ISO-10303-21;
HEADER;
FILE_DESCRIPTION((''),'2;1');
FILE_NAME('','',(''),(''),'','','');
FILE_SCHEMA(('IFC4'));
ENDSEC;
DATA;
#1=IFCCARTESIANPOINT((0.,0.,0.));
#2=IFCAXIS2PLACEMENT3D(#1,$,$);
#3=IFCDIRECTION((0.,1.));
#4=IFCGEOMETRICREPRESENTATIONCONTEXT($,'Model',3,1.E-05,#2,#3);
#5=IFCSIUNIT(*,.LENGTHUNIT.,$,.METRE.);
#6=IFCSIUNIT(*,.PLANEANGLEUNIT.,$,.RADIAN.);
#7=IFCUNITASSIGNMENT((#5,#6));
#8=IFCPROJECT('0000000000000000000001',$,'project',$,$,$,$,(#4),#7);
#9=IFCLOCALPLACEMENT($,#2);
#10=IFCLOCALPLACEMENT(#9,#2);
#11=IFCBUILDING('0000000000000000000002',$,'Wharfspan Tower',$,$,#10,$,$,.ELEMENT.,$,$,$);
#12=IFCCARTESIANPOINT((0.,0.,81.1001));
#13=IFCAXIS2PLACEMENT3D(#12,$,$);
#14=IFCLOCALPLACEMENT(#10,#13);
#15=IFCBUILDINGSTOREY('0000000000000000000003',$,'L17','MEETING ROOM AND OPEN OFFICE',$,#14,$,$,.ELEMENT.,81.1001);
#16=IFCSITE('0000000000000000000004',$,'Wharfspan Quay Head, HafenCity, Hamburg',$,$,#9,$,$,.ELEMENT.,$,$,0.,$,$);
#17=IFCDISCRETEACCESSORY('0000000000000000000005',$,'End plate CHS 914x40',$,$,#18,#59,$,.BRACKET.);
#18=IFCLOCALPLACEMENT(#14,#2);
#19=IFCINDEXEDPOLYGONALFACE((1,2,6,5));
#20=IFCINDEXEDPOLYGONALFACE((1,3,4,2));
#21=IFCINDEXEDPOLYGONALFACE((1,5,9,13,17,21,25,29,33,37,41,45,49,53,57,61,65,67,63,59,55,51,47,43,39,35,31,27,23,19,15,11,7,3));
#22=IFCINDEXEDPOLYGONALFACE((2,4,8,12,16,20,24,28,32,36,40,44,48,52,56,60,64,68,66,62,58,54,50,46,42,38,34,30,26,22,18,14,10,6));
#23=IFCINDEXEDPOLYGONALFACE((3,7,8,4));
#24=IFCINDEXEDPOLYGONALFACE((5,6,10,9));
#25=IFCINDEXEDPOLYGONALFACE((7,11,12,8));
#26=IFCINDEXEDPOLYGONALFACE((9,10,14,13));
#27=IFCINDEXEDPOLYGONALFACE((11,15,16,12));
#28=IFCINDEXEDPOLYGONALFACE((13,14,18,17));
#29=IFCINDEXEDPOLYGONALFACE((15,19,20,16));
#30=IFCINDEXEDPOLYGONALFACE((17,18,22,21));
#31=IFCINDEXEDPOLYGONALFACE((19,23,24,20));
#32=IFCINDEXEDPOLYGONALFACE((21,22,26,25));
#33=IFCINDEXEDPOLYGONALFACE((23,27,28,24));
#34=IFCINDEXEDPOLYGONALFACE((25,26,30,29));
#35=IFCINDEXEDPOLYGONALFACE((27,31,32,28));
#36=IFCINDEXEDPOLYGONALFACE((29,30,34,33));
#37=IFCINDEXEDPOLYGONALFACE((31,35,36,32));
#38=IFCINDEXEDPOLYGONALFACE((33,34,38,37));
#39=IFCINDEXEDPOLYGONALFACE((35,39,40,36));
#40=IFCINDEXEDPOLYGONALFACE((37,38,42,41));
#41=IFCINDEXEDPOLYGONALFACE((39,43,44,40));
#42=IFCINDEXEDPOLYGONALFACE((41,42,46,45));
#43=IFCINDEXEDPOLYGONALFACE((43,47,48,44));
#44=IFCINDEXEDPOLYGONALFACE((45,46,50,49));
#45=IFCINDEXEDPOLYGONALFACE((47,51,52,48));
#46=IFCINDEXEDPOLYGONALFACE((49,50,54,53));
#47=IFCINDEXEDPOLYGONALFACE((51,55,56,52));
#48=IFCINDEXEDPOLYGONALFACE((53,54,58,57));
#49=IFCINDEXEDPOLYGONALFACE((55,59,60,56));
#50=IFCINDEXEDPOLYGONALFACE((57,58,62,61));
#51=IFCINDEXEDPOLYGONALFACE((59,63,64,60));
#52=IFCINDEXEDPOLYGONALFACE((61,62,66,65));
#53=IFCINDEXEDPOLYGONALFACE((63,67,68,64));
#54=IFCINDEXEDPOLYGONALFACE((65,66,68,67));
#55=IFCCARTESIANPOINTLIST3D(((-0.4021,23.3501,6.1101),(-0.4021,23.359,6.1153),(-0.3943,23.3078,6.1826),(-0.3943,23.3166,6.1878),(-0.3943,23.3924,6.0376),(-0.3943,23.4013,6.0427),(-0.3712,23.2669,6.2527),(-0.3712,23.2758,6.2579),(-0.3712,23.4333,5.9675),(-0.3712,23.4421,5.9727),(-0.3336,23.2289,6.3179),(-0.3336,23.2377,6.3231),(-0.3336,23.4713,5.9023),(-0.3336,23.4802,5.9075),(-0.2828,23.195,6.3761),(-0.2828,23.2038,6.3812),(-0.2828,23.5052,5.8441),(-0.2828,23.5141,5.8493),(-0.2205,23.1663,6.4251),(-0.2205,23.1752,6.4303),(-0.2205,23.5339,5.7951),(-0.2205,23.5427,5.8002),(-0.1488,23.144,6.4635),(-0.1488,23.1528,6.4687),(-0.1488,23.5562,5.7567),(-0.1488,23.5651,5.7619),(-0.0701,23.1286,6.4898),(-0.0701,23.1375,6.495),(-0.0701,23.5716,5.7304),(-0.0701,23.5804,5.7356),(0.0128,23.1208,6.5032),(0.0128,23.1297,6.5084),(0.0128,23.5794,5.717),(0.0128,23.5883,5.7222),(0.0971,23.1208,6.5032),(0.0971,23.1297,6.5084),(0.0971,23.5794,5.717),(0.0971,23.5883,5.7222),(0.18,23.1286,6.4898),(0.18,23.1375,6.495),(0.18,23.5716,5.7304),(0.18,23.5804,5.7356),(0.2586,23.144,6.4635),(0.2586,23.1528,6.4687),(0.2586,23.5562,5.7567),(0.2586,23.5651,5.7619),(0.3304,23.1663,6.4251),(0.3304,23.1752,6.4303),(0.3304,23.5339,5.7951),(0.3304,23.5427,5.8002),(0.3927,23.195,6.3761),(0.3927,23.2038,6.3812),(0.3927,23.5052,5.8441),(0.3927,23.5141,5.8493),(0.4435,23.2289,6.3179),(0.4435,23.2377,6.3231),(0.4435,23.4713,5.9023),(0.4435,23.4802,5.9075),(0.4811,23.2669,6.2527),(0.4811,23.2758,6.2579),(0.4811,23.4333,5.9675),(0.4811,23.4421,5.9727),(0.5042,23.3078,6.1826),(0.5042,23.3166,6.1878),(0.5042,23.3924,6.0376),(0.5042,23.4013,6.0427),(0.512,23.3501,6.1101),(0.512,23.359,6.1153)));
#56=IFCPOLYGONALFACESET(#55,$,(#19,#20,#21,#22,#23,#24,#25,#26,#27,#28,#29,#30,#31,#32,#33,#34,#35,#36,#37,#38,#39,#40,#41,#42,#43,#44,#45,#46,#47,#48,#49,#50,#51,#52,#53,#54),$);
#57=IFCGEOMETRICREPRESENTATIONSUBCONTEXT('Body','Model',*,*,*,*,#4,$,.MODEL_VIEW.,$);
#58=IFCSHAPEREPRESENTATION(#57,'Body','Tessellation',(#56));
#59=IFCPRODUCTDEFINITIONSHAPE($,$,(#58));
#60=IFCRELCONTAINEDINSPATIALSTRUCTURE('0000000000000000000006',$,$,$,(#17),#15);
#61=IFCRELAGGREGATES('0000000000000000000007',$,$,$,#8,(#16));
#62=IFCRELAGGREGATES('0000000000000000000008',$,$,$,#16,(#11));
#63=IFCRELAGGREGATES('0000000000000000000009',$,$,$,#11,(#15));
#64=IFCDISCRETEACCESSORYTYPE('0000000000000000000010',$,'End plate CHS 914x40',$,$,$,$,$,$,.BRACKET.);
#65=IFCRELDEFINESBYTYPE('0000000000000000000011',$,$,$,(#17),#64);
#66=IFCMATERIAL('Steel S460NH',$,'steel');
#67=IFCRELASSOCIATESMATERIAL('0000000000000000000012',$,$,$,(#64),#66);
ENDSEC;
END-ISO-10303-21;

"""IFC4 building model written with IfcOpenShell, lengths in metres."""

from ifc_helpers import new_model, si_unit, direction, frame, origin, origin_2d, place, context, subcontext, project, spatial, circle, extrude, material, material_profile, profile_set, type_object, element, save


model = new_model("IFC4")

# Units and contexts
model_context = context("Model", 3, precision=1e-05, world=origin(), true_north=direction((0.0, 1.0)))
body_context = subcontext(model_context, "Body", "Model", "MODEL_VIEW")
ifc_project = project(units=[si_unit("LENGTHUNIT", "METRE"), si_unit("PLANEANGLEUNIT", "RADIAN")], contexts=[model_context])

# Site, building, storey
site_placement = place(None, origin())
site = spatial("IfcSite", under=ifc_project, at=site_placement, Name="Wharfspan Quay Head, HafenCity, Hamburg", CompositionType="ELEMENT", RefElevation=0.0)
building_placement = place(site_placement, origin())
building = spatial("IfcBuilding", under=site, at=building_placement, Name="Wharfspan Tower", CompositionType="ELEMENT")
storey_placement = place(building_placement, frame((0.0, 0.0, 81.1001)))
storey = spatial("IfcBuildingStorey", under=building, at=storey_placement, Name="L17", Description="MEETING ROOM AND OPEN OFFICE", CompositionType="ELEMENT", Elevation=81.1001)

# Shared definitions
ifc_material_1 = material(Name="Steel S460NH", Category="steel")

# Discrete accessory
ifc_material_profile_1 = material_profile(ifc_material_1, circle(Radius=0.457, at=origin_2d()))
ifc_profile_set_1 = profile_set([ifc_material_profile_1], Name="Steel S460NH")
discrete_accessory_type = type_object("IfcDiscreteAccessoryType", Name="End plate CHS 914x40", PredefinedType="BRACKET", material=ifc_profile_set_1)
for number, where, z_axis, x_axis, name in (
    (1, (0.0549, 23.3501, 6.1101), (0.0, 0.863779, 0.503871), (-1.0, 0.0, 0.0), "End plate CHS 914x40"),
):
    element("IfcDiscreteAccessory", number, at=place(storey_placement, frame(where, z_axis=z_axis, x_axis=x_axis)), inside=storey, type_object=discrete_accessory_type, Name=name, PredefinedType="BRACKET", context=body_context, shape_type="SweptSolid", body=[
        extrude(circle(Radius=0.457, at=origin_2d()), origin(), (0.0, 0.0, 1.0), 0.0103),
    ])

save(model, "model.ifc")
